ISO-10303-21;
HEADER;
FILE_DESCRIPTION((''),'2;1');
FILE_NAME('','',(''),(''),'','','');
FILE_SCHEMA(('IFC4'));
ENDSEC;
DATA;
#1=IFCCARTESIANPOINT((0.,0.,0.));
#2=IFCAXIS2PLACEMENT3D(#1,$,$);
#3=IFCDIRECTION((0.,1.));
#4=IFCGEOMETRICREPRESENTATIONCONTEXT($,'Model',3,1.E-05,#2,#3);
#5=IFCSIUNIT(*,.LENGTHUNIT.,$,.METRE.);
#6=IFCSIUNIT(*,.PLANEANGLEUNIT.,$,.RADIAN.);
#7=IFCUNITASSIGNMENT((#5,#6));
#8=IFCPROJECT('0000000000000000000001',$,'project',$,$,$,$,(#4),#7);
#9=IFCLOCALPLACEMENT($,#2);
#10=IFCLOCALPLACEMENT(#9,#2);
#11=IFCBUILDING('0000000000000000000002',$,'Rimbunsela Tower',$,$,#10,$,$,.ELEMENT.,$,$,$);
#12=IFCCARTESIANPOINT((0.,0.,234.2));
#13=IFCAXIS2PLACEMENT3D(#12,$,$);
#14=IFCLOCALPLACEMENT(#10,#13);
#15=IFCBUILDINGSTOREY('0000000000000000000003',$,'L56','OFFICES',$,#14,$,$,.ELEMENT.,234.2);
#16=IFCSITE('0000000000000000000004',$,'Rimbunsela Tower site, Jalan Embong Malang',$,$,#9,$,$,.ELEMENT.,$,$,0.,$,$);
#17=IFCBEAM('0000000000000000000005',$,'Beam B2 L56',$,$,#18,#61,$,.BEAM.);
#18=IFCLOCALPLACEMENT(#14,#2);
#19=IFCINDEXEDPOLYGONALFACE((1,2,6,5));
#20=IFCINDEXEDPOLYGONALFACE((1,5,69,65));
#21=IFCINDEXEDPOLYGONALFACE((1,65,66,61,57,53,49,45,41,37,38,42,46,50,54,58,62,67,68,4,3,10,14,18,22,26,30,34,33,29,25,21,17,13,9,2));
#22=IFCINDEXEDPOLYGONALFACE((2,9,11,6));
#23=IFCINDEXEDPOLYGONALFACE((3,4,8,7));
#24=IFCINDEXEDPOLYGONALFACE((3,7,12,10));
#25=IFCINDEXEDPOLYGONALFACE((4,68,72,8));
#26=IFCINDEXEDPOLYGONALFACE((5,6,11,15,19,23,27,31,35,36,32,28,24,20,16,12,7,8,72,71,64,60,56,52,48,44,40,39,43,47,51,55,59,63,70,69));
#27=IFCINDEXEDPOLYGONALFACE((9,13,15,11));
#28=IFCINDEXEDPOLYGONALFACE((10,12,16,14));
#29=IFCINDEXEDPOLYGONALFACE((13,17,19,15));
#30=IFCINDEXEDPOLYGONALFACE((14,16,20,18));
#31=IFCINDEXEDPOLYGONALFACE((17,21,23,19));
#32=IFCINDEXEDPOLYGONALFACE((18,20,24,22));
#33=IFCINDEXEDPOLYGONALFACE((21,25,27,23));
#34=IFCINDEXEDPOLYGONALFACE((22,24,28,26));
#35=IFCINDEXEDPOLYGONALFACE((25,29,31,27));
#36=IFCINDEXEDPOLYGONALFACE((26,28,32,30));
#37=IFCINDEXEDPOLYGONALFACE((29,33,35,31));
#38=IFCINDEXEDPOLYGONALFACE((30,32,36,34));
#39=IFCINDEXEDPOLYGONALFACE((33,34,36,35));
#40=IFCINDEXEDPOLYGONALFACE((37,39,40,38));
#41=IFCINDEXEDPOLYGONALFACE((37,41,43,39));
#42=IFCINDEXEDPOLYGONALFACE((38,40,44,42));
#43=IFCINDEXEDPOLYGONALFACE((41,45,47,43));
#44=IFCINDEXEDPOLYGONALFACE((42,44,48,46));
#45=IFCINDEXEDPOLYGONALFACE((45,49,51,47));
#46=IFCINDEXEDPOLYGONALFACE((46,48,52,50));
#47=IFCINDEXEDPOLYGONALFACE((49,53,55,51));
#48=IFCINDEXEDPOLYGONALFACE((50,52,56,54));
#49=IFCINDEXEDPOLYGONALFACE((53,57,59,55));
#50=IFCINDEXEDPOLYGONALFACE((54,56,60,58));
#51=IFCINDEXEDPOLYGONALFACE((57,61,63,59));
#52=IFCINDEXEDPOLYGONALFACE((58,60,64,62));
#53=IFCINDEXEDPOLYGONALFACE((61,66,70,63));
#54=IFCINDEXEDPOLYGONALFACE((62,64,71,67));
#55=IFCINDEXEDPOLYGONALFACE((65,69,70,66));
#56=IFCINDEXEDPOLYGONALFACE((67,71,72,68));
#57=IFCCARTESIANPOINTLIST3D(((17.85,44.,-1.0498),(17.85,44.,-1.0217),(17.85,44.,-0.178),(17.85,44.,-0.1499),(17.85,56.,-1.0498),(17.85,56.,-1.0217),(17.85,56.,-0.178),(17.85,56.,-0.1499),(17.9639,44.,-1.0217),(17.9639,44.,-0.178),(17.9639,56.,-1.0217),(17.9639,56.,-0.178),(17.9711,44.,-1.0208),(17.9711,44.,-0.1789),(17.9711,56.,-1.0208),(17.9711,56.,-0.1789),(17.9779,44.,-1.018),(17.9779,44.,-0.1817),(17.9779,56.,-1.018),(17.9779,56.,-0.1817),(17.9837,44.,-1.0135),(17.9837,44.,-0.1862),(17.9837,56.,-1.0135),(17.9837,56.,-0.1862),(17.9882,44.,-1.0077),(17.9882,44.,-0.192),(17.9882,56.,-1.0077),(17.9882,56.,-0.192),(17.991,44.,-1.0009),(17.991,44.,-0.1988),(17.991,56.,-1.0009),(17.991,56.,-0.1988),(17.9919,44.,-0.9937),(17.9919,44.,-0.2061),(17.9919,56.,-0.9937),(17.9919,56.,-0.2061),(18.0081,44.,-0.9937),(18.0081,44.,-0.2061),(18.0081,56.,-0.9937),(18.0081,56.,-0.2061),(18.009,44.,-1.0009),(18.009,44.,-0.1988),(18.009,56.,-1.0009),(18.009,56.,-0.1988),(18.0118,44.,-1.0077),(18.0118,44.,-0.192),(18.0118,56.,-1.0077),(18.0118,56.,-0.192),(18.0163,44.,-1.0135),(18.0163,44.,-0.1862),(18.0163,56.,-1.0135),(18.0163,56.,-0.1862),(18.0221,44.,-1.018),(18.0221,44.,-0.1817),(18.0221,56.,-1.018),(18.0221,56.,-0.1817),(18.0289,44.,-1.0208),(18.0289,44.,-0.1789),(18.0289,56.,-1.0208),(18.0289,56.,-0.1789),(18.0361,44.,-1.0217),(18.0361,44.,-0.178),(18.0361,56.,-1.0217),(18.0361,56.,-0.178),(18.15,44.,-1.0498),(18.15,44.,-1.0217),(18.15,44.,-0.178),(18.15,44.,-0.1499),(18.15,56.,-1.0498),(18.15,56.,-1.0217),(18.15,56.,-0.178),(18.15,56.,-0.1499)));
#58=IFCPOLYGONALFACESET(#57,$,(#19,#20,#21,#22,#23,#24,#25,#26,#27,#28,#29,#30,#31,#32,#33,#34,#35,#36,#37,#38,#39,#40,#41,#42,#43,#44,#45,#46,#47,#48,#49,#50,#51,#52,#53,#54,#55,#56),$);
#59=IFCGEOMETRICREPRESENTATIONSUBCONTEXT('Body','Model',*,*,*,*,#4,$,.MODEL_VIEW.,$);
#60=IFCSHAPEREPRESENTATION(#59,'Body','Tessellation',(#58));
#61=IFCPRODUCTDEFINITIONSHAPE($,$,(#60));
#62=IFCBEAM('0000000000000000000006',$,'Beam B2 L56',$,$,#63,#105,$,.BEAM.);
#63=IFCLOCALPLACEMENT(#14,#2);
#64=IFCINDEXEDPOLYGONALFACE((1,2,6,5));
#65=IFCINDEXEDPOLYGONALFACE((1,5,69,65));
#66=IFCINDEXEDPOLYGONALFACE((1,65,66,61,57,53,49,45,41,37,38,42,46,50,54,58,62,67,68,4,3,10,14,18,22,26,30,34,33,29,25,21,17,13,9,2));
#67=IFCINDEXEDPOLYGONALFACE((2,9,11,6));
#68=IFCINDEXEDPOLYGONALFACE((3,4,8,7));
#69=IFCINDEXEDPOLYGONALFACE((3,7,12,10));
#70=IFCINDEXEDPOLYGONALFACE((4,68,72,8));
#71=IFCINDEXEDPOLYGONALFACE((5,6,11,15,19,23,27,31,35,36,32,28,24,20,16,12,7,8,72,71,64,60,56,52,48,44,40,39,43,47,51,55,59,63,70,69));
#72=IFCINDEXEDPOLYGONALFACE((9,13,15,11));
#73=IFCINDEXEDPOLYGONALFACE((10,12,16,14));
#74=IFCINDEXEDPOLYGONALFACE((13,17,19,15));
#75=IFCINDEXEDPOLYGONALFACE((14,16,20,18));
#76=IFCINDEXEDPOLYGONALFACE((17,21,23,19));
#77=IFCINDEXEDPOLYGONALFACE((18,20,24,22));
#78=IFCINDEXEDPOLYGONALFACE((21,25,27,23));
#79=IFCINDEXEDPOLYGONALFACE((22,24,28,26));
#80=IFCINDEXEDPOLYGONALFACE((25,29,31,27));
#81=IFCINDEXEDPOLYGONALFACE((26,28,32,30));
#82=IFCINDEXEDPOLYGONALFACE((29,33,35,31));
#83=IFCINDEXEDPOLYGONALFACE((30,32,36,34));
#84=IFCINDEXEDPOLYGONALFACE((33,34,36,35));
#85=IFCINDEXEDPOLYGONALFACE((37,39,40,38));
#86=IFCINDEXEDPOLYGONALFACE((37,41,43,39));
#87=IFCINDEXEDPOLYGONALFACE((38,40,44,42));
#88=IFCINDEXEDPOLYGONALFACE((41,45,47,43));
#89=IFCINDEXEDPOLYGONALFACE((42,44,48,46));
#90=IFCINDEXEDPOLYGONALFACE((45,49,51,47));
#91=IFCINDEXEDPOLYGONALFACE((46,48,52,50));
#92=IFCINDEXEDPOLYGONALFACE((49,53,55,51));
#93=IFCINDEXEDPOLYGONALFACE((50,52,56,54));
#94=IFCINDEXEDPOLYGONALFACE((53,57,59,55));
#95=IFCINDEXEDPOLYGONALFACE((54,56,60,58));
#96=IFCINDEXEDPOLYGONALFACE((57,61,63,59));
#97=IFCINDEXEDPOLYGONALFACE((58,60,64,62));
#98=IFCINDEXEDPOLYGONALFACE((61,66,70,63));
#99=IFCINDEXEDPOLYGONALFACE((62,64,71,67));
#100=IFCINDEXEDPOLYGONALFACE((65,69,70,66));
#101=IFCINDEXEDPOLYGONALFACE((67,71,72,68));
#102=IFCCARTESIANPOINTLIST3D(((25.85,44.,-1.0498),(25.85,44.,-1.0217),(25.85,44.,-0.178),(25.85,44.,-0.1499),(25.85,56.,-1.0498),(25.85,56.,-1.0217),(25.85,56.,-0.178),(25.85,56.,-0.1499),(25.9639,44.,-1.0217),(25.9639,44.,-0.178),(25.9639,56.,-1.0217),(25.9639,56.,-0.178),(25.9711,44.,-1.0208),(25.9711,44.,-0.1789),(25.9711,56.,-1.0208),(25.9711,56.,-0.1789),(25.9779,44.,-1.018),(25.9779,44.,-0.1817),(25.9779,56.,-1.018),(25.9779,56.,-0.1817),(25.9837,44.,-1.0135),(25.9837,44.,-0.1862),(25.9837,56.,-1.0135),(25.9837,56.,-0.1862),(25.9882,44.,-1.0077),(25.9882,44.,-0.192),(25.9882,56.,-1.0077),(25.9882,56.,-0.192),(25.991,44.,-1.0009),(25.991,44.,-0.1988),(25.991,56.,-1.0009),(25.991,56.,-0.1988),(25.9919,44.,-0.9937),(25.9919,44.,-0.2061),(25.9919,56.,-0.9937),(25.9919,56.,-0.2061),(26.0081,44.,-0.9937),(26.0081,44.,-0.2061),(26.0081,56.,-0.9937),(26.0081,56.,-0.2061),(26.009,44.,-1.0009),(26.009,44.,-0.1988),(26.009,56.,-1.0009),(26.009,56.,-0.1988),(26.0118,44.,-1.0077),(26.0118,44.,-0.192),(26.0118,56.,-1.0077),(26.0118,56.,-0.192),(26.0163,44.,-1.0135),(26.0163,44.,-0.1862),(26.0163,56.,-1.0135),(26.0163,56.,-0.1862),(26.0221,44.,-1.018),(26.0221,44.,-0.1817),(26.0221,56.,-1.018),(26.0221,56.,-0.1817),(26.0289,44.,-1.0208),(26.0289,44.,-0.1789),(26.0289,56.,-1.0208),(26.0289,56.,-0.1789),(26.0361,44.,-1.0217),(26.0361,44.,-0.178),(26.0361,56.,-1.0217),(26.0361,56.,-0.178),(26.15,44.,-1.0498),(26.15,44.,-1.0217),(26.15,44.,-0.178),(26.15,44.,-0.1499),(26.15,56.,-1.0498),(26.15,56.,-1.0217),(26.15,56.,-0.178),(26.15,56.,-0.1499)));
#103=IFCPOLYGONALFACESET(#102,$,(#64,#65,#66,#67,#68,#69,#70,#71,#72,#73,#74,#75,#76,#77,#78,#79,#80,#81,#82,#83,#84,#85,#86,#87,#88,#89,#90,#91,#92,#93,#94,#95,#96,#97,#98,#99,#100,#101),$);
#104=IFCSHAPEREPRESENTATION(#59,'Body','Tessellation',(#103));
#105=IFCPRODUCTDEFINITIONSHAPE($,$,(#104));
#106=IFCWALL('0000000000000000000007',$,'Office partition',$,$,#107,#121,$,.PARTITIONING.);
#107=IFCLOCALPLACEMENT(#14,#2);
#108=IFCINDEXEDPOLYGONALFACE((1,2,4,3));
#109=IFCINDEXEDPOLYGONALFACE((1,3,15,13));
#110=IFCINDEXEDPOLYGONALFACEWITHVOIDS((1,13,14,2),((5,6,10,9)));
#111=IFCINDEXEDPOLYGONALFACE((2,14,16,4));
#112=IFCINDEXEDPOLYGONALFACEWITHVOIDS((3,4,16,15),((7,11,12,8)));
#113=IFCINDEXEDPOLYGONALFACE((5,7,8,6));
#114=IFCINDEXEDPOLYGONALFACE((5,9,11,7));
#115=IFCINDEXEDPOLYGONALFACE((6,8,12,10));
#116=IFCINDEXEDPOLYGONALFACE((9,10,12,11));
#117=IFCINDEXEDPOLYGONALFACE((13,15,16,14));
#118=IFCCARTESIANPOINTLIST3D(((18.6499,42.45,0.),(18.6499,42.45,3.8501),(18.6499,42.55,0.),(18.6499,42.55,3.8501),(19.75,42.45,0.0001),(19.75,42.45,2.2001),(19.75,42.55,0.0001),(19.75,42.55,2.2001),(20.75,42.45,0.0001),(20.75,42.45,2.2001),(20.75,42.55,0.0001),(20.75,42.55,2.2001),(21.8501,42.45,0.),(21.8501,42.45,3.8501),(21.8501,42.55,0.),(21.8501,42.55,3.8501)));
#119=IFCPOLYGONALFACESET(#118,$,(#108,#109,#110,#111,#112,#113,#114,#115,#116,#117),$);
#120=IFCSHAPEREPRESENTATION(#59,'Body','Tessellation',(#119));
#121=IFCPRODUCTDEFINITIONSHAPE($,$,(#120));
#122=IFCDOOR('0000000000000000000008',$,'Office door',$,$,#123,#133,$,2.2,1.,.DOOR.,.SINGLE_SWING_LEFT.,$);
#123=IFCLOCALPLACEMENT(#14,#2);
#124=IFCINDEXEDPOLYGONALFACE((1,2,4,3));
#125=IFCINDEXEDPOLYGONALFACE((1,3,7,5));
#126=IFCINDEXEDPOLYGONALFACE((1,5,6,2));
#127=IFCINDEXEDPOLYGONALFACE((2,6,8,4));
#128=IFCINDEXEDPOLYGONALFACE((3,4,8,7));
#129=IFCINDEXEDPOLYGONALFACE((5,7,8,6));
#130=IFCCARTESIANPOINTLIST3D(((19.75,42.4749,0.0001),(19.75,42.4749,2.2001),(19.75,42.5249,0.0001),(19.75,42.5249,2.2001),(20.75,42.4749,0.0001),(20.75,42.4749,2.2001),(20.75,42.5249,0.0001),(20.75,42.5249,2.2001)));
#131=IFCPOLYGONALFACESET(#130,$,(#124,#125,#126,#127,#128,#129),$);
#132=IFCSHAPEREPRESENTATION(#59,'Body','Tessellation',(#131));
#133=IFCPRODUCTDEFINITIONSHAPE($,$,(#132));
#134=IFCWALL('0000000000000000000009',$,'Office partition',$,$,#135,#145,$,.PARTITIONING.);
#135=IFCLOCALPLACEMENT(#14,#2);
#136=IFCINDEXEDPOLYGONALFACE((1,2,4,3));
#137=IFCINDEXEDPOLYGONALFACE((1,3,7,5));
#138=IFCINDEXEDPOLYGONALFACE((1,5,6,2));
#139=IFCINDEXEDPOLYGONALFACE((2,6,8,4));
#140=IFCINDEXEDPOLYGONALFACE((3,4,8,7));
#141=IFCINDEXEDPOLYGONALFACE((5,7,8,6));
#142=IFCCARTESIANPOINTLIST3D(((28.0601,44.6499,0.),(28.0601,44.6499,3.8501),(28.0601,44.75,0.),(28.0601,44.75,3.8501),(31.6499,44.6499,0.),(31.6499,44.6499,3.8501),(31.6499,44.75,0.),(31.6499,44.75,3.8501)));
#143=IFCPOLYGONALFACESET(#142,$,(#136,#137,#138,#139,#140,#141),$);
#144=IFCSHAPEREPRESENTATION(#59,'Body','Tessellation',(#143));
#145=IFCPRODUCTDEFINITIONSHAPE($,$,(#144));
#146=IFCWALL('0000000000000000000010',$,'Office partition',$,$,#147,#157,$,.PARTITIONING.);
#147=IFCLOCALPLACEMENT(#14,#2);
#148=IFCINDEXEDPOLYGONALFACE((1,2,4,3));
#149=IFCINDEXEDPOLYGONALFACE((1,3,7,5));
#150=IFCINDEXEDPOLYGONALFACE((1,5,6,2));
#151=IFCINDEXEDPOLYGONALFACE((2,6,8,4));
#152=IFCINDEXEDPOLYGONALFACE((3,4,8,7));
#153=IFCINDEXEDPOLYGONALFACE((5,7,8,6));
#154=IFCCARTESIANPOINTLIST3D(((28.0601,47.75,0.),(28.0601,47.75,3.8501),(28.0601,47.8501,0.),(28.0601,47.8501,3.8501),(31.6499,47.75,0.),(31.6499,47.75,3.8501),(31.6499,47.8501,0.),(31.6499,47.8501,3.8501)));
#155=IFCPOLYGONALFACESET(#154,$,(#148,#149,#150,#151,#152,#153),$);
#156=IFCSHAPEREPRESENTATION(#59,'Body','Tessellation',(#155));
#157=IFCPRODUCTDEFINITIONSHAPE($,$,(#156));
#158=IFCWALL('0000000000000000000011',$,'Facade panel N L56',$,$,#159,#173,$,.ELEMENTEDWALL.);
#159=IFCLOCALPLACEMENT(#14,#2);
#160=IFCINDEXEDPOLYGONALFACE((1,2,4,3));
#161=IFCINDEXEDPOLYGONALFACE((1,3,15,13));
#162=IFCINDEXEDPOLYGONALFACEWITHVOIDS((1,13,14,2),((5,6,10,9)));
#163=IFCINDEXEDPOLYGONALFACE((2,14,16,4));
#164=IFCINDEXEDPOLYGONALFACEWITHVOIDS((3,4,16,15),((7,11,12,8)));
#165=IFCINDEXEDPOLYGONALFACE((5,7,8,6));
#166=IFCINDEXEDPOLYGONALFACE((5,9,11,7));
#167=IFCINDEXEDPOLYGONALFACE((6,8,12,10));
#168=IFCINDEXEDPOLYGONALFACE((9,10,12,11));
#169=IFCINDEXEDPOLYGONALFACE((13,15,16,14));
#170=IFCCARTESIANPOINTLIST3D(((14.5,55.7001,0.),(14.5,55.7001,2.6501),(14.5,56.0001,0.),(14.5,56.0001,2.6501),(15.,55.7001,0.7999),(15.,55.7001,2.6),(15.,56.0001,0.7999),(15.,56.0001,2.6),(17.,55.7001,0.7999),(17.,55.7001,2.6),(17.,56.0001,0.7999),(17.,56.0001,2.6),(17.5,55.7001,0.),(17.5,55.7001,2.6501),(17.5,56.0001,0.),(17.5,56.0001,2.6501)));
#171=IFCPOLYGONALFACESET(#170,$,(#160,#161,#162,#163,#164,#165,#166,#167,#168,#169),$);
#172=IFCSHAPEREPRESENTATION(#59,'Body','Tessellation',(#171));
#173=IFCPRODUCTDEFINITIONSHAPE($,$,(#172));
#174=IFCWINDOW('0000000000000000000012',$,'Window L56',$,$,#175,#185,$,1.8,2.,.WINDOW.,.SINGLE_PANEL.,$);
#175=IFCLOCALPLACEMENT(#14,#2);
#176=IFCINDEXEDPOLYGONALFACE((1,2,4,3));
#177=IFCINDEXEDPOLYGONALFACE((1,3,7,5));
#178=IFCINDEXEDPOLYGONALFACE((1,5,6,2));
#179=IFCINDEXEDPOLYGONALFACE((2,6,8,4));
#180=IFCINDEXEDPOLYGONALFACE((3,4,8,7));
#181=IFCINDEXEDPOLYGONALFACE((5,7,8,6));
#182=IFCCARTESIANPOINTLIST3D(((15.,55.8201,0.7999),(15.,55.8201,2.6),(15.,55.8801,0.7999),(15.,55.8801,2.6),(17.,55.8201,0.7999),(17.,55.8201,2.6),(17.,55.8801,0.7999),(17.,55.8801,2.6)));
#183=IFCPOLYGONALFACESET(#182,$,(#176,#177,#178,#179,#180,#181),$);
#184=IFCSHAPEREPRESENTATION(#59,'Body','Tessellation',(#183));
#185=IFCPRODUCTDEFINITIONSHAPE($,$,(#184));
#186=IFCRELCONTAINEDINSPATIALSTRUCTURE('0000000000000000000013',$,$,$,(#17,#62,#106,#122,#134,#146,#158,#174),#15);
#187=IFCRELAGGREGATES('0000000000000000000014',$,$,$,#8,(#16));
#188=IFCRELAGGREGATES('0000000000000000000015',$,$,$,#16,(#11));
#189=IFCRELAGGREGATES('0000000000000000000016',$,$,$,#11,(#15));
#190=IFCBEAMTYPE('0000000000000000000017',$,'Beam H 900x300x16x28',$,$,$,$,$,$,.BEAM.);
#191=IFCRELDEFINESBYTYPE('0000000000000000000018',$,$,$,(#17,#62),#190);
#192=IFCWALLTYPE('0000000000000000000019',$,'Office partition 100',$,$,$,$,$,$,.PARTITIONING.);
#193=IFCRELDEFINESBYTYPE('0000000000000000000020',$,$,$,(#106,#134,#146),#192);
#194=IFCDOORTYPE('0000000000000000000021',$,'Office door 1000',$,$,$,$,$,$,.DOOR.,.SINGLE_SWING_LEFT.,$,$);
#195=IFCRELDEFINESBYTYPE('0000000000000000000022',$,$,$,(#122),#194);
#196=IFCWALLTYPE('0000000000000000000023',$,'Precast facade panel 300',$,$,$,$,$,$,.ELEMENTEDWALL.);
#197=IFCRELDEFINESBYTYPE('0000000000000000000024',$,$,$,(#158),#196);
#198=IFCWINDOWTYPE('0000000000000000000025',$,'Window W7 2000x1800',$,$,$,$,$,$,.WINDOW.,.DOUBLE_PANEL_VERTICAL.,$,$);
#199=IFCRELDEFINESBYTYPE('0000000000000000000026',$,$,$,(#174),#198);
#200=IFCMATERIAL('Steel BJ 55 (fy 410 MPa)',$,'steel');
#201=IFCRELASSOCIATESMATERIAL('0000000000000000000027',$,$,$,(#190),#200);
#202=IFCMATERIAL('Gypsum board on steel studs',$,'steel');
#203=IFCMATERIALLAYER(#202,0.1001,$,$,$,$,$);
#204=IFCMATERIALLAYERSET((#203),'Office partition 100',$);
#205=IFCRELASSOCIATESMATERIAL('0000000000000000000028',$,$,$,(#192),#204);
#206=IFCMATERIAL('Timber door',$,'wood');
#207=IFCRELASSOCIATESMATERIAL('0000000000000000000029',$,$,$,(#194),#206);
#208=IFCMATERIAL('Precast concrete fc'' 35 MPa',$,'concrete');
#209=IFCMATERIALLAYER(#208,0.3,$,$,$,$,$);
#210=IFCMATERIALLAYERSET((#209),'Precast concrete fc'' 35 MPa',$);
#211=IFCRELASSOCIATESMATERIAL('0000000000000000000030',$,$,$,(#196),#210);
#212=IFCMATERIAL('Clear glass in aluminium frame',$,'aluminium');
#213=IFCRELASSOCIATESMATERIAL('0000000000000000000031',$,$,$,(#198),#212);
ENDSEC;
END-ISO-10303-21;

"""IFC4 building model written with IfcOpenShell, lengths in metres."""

from ifc_helpers import new_model, si_unit, direction, frame, frame_2d, origin, origin_2d, place, context, subcontext, project, spatial, rectangle, i_section, extrude, material, layer, layer_set, material_profile, profile_set, type_object, element, fill, save


model = new_model("IFC4")

# Units and contexts
model_context = context("Model", 3, precision=1e-05, world=origin(), true_north=direction((0.0, 1.0)))
body_context = subcontext(model_context, "Body", "Model", "MODEL_VIEW")
ifc_project = project(units=[si_unit("LENGTHUNIT", "METRE"), si_unit("PLANEANGLEUNIT", "RADIAN")], contexts=[model_context])

# Site, building, storey
site_placement = place(None, origin())
site = spatial("IfcSite", under=ifc_project, at=site_placement, Name="Rimbunsela Tower site, Jalan Embong Malang", CompositionType="ELEMENT", RefElevation=0.0)
building_placement = place(site_placement, origin())
building = spatial("IfcBuilding", under=site, at=building_placement, Name="Rimbunsela Tower", CompositionType="ELEMENT")
storey_placement = place(building_placement, frame((0.0, 0.0, 234.2)))
storey = spatial("IfcBuildingStorey", under=building, at=storey_placement, Name="L56", Description="OFFICES", CompositionType="ELEMENT", Elevation=234.2)

# Beams
ifc_material_1 = material(Name="Steel BJ 55 (fy 410 MPa)", Category="steel")
ifc_material_profile_1 = material_profile(ifc_material_1, i_section(OverallWidth=0.3, OverallDepth=0.8999, WebThickness=0.0161, FlangeThickness=0.0281, FilletRadius=0.0281, at=origin_2d()), Name="H 900x300x16x28")
ifc_profile_set_1 = profile_set([ifc_material_profile_1], Name="Steel BJ 55 (fy 410 MPa)")
beam_type_1 = type_object("IfcBeamType", Name="Beam H 900x300x16x28", PredefinedType="BEAM", material=ifc_profile_set_1)
for number, where, z_axis, x_axis, name in (
    (1, (18.0, 44.0, -0.5999), (0.0, 1.0, 0.0), (-1.0, 0.0, 0.0), "Beam B2 L56"),
    (2, (26.0, 44.0, -0.5999), (0.0, 1.0, 0.0), (-1.0, 0.0, 0.0), "Beam B2 L56"),
):
    element("IfcBeam", number, at=place(storey_placement, frame(where, z_axis=z_axis, x_axis=x_axis)), inside=storey, type_object=beam_type_1, Name=name, PredefinedType="BEAM", context=body_context, shape_type="SweptSolid", body=[
        extrude(i_section(OverallWidth=0.3, OverallDepth=0.8999, WebThickness=0.0161, FlangeThickness=0.0281, FilletRadius=0.0281, at=origin_2d()), origin(), (0.0, 0.0, 1.0), 12.0),
    ])

# Wall, opening, door
ifc_material_2 = material(Name="Gypsum board on steel studs", Category="steel")
ifc_layer_1 = layer(ifc_material_2, 0.1001)
ifc_layer_set_1 = layer_set([ifc_layer_1], Name="Office partition 100")
wall_type_1 = type_object("IfcWallType", Name="Office partition 100", PredefinedType="PARTITIONING", material=ifc_layer_set_1)
wall_1_placement = place(storey_placement, frame((18.6499, 42.5, 0.0), z_axis=(0.0, 0.0, 1.0), x_axis=(1.0, 0.0, 0.0)))
wall_1 = element("IfcWall", 3, at=wall_1_placement, inside=storey, type_object=wall_type_1, Name="Office partition", PredefinedType="PARTITIONING", context=body_context, shape_type="SweptSolid", body=[
    extrude(rectangle(XDim=3.2002, YDim=0.1001, at=frame_2d((1.6001, 0.0))), origin(), (0.0, 0.0, 1.0), 3.8501),
])
opening_1_placement = place(wall_1_placement, frame((1.1001, 0.0, 0.0)))
opening_1 = element("IfcOpeningElement", 4, at=opening_1_placement, cuts=wall_1, PredefinedType="OPENING", context=body_context, shape_type="SweptSolid", body=[
    extrude(rectangle(XDim=1.0, YDim=2.2, at=frame_2d((0.5, 1.1001))), frame((0.0, 0.0601, 0.0), z_axis=(0.0, -1.0, 0.0), x_axis=(1.0, 0.0, 0.0)), (0.0, 0.0, 1.0), 0.1201),
])
ifc_material_3 = material(Name="Timber door", Category="wood")
door_type = type_object("IfcDoorType", Name="Office door 1000", OperationType="SINGLE_SWING_LEFT", PredefinedType="DOOR", material=ifc_material_3)
door_placement = place(opening_1_placement, origin())
door = element("IfcDoor", 5, at=door_placement, inside=storey, type_object=door_type, Name="Office door", OperationType="SINGLE_SWING_LEFT", OverallHeight=2.2, OverallWidth=1.0, PredefinedType="DOOR", context=body_context, shape_type="SweptSolid", body=[
    extrude(rectangle(XDim=1.0, YDim=2.2, at=frame_2d((0.5, 1.1001))), frame((0.0, 0.0249, 0.0), z_axis=(0.0, -1.0, 0.0), x_axis=(1.0, 0.0, 0.0)), (0.0, 0.0, 1.0), 0.05),
])
fill(opening_1, door)

# Walls
for number, where, z_axis, x_axis, name in (
    (6, (28.0601, 44.7, 0.0), (0.0, 0.0, 1.0), (1.0, 0.0, 0.0), "Office partition"),
    (7, (28.0601, 47.8, 0.0), (0.0, 0.0, 1.0), (1.0, 0.0, 0.0), "Office partition"),
):
    element("IfcWall", number, at=place(storey_placement, frame(where, z_axis=z_axis, x_axis=x_axis)), inside=storey, type_object=wall_type_1, Name=name, PredefinedType="PARTITIONING", context=body_context, shape_type="SweptSolid", body=[
        extrude(rectangle(XDim=3.5898, YDim=0.1001, at=frame_2d((1.7949, 0.0))), origin(), (0.0, 0.0, 1.0), 3.8501),
    ])

# Wall, opening, window
ifc_material_4 = material(Name="Precast concrete fc' 35 MPa", Category="concrete")
ifc_layer_2 = layer(ifc_material_4, 0.3)
ifc_layer_set_2 = layer_set([ifc_layer_2], Name="Precast concrete fc' 35 MPa")
wall_type_2 = type_object("IfcWallType", Name="Precast facade panel 300", PredefinedType="ELEMENTEDWALL", material=ifc_layer_set_2)
wall_2_placement = place(storey_placement, frame((17.5, 55.8501, 0.0), z_axis=(0.0, 0.0, 1.0), x_axis=(-1.0, 0.0, 0.0)))
wall_2 = element("IfcWall", 8, at=wall_2_placement, inside=storey, type_object=wall_type_2, Name="Facade panel N L56", PredefinedType="ELEMENTEDWALL", context=body_context, shape_type="SweptSolid", body=[
    extrude(rectangle(XDim=3.0, YDim=0.3, at=frame_2d((1.5, 0.0))), origin(), (0.0, 0.0, 1.0), 2.6501),
])
opening_2_placement = place(wall_2_placement, frame((0.5, 0.0, 0.8)))
opening_2 = element("IfcOpeningElement", 9, at=opening_2_placement, cuts=wall_2, PredefinedType="OPENING", context=body_context, shape_type="SweptSolid", body=[
    extrude(rectangle(XDim=2.0, YDim=1.8, at=frame_2d((1.0, 0.8999))), frame((0.0, 0.1599, 0.0), z_axis=(0.0, -1.0, 0.0), x_axis=(1.0, 0.0, 0.0)), (0.0, 0.0, 1.0), 0.3201),
])
ifc_material_5 = material(Name="Clear glass in aluminium frame", Category="aluminium")
window_type_1 = type_object("IfcWindowType", Name="Window W7 2000x1800", PartitioningType="DOUBLE_PANEL_VERTICAL", PredefinedType="WINDOW", material=ifc_material_5)
window_1_placement = place(opening_2_placement, origin())
window_1 = element("IfcWindow", 10, at=window_1_placement, inside=storey, type_object=window_type_1, Name="Window L56", OverallHeight=1.8, OverallWidth=2.0, PartitioningType="SINGLE_PANEL", PredefinedType="WINDOW", context=body_context, shape_type="SweptSolid", body=[
    extrude(rectangle(XDim=2.0, YDim=1.8, at=frame_2d((1.0, 0.8999))), frame((0.0, 0.03, 0.0), z_axis=(0.0, -1.0, 0.0), x_axis=(1.0, 0.0, 0.0)), (0.0, 0.0, 1.0), 0.0601),
])
fill(opening_2, window_1)

save(model, "model.ifc")
